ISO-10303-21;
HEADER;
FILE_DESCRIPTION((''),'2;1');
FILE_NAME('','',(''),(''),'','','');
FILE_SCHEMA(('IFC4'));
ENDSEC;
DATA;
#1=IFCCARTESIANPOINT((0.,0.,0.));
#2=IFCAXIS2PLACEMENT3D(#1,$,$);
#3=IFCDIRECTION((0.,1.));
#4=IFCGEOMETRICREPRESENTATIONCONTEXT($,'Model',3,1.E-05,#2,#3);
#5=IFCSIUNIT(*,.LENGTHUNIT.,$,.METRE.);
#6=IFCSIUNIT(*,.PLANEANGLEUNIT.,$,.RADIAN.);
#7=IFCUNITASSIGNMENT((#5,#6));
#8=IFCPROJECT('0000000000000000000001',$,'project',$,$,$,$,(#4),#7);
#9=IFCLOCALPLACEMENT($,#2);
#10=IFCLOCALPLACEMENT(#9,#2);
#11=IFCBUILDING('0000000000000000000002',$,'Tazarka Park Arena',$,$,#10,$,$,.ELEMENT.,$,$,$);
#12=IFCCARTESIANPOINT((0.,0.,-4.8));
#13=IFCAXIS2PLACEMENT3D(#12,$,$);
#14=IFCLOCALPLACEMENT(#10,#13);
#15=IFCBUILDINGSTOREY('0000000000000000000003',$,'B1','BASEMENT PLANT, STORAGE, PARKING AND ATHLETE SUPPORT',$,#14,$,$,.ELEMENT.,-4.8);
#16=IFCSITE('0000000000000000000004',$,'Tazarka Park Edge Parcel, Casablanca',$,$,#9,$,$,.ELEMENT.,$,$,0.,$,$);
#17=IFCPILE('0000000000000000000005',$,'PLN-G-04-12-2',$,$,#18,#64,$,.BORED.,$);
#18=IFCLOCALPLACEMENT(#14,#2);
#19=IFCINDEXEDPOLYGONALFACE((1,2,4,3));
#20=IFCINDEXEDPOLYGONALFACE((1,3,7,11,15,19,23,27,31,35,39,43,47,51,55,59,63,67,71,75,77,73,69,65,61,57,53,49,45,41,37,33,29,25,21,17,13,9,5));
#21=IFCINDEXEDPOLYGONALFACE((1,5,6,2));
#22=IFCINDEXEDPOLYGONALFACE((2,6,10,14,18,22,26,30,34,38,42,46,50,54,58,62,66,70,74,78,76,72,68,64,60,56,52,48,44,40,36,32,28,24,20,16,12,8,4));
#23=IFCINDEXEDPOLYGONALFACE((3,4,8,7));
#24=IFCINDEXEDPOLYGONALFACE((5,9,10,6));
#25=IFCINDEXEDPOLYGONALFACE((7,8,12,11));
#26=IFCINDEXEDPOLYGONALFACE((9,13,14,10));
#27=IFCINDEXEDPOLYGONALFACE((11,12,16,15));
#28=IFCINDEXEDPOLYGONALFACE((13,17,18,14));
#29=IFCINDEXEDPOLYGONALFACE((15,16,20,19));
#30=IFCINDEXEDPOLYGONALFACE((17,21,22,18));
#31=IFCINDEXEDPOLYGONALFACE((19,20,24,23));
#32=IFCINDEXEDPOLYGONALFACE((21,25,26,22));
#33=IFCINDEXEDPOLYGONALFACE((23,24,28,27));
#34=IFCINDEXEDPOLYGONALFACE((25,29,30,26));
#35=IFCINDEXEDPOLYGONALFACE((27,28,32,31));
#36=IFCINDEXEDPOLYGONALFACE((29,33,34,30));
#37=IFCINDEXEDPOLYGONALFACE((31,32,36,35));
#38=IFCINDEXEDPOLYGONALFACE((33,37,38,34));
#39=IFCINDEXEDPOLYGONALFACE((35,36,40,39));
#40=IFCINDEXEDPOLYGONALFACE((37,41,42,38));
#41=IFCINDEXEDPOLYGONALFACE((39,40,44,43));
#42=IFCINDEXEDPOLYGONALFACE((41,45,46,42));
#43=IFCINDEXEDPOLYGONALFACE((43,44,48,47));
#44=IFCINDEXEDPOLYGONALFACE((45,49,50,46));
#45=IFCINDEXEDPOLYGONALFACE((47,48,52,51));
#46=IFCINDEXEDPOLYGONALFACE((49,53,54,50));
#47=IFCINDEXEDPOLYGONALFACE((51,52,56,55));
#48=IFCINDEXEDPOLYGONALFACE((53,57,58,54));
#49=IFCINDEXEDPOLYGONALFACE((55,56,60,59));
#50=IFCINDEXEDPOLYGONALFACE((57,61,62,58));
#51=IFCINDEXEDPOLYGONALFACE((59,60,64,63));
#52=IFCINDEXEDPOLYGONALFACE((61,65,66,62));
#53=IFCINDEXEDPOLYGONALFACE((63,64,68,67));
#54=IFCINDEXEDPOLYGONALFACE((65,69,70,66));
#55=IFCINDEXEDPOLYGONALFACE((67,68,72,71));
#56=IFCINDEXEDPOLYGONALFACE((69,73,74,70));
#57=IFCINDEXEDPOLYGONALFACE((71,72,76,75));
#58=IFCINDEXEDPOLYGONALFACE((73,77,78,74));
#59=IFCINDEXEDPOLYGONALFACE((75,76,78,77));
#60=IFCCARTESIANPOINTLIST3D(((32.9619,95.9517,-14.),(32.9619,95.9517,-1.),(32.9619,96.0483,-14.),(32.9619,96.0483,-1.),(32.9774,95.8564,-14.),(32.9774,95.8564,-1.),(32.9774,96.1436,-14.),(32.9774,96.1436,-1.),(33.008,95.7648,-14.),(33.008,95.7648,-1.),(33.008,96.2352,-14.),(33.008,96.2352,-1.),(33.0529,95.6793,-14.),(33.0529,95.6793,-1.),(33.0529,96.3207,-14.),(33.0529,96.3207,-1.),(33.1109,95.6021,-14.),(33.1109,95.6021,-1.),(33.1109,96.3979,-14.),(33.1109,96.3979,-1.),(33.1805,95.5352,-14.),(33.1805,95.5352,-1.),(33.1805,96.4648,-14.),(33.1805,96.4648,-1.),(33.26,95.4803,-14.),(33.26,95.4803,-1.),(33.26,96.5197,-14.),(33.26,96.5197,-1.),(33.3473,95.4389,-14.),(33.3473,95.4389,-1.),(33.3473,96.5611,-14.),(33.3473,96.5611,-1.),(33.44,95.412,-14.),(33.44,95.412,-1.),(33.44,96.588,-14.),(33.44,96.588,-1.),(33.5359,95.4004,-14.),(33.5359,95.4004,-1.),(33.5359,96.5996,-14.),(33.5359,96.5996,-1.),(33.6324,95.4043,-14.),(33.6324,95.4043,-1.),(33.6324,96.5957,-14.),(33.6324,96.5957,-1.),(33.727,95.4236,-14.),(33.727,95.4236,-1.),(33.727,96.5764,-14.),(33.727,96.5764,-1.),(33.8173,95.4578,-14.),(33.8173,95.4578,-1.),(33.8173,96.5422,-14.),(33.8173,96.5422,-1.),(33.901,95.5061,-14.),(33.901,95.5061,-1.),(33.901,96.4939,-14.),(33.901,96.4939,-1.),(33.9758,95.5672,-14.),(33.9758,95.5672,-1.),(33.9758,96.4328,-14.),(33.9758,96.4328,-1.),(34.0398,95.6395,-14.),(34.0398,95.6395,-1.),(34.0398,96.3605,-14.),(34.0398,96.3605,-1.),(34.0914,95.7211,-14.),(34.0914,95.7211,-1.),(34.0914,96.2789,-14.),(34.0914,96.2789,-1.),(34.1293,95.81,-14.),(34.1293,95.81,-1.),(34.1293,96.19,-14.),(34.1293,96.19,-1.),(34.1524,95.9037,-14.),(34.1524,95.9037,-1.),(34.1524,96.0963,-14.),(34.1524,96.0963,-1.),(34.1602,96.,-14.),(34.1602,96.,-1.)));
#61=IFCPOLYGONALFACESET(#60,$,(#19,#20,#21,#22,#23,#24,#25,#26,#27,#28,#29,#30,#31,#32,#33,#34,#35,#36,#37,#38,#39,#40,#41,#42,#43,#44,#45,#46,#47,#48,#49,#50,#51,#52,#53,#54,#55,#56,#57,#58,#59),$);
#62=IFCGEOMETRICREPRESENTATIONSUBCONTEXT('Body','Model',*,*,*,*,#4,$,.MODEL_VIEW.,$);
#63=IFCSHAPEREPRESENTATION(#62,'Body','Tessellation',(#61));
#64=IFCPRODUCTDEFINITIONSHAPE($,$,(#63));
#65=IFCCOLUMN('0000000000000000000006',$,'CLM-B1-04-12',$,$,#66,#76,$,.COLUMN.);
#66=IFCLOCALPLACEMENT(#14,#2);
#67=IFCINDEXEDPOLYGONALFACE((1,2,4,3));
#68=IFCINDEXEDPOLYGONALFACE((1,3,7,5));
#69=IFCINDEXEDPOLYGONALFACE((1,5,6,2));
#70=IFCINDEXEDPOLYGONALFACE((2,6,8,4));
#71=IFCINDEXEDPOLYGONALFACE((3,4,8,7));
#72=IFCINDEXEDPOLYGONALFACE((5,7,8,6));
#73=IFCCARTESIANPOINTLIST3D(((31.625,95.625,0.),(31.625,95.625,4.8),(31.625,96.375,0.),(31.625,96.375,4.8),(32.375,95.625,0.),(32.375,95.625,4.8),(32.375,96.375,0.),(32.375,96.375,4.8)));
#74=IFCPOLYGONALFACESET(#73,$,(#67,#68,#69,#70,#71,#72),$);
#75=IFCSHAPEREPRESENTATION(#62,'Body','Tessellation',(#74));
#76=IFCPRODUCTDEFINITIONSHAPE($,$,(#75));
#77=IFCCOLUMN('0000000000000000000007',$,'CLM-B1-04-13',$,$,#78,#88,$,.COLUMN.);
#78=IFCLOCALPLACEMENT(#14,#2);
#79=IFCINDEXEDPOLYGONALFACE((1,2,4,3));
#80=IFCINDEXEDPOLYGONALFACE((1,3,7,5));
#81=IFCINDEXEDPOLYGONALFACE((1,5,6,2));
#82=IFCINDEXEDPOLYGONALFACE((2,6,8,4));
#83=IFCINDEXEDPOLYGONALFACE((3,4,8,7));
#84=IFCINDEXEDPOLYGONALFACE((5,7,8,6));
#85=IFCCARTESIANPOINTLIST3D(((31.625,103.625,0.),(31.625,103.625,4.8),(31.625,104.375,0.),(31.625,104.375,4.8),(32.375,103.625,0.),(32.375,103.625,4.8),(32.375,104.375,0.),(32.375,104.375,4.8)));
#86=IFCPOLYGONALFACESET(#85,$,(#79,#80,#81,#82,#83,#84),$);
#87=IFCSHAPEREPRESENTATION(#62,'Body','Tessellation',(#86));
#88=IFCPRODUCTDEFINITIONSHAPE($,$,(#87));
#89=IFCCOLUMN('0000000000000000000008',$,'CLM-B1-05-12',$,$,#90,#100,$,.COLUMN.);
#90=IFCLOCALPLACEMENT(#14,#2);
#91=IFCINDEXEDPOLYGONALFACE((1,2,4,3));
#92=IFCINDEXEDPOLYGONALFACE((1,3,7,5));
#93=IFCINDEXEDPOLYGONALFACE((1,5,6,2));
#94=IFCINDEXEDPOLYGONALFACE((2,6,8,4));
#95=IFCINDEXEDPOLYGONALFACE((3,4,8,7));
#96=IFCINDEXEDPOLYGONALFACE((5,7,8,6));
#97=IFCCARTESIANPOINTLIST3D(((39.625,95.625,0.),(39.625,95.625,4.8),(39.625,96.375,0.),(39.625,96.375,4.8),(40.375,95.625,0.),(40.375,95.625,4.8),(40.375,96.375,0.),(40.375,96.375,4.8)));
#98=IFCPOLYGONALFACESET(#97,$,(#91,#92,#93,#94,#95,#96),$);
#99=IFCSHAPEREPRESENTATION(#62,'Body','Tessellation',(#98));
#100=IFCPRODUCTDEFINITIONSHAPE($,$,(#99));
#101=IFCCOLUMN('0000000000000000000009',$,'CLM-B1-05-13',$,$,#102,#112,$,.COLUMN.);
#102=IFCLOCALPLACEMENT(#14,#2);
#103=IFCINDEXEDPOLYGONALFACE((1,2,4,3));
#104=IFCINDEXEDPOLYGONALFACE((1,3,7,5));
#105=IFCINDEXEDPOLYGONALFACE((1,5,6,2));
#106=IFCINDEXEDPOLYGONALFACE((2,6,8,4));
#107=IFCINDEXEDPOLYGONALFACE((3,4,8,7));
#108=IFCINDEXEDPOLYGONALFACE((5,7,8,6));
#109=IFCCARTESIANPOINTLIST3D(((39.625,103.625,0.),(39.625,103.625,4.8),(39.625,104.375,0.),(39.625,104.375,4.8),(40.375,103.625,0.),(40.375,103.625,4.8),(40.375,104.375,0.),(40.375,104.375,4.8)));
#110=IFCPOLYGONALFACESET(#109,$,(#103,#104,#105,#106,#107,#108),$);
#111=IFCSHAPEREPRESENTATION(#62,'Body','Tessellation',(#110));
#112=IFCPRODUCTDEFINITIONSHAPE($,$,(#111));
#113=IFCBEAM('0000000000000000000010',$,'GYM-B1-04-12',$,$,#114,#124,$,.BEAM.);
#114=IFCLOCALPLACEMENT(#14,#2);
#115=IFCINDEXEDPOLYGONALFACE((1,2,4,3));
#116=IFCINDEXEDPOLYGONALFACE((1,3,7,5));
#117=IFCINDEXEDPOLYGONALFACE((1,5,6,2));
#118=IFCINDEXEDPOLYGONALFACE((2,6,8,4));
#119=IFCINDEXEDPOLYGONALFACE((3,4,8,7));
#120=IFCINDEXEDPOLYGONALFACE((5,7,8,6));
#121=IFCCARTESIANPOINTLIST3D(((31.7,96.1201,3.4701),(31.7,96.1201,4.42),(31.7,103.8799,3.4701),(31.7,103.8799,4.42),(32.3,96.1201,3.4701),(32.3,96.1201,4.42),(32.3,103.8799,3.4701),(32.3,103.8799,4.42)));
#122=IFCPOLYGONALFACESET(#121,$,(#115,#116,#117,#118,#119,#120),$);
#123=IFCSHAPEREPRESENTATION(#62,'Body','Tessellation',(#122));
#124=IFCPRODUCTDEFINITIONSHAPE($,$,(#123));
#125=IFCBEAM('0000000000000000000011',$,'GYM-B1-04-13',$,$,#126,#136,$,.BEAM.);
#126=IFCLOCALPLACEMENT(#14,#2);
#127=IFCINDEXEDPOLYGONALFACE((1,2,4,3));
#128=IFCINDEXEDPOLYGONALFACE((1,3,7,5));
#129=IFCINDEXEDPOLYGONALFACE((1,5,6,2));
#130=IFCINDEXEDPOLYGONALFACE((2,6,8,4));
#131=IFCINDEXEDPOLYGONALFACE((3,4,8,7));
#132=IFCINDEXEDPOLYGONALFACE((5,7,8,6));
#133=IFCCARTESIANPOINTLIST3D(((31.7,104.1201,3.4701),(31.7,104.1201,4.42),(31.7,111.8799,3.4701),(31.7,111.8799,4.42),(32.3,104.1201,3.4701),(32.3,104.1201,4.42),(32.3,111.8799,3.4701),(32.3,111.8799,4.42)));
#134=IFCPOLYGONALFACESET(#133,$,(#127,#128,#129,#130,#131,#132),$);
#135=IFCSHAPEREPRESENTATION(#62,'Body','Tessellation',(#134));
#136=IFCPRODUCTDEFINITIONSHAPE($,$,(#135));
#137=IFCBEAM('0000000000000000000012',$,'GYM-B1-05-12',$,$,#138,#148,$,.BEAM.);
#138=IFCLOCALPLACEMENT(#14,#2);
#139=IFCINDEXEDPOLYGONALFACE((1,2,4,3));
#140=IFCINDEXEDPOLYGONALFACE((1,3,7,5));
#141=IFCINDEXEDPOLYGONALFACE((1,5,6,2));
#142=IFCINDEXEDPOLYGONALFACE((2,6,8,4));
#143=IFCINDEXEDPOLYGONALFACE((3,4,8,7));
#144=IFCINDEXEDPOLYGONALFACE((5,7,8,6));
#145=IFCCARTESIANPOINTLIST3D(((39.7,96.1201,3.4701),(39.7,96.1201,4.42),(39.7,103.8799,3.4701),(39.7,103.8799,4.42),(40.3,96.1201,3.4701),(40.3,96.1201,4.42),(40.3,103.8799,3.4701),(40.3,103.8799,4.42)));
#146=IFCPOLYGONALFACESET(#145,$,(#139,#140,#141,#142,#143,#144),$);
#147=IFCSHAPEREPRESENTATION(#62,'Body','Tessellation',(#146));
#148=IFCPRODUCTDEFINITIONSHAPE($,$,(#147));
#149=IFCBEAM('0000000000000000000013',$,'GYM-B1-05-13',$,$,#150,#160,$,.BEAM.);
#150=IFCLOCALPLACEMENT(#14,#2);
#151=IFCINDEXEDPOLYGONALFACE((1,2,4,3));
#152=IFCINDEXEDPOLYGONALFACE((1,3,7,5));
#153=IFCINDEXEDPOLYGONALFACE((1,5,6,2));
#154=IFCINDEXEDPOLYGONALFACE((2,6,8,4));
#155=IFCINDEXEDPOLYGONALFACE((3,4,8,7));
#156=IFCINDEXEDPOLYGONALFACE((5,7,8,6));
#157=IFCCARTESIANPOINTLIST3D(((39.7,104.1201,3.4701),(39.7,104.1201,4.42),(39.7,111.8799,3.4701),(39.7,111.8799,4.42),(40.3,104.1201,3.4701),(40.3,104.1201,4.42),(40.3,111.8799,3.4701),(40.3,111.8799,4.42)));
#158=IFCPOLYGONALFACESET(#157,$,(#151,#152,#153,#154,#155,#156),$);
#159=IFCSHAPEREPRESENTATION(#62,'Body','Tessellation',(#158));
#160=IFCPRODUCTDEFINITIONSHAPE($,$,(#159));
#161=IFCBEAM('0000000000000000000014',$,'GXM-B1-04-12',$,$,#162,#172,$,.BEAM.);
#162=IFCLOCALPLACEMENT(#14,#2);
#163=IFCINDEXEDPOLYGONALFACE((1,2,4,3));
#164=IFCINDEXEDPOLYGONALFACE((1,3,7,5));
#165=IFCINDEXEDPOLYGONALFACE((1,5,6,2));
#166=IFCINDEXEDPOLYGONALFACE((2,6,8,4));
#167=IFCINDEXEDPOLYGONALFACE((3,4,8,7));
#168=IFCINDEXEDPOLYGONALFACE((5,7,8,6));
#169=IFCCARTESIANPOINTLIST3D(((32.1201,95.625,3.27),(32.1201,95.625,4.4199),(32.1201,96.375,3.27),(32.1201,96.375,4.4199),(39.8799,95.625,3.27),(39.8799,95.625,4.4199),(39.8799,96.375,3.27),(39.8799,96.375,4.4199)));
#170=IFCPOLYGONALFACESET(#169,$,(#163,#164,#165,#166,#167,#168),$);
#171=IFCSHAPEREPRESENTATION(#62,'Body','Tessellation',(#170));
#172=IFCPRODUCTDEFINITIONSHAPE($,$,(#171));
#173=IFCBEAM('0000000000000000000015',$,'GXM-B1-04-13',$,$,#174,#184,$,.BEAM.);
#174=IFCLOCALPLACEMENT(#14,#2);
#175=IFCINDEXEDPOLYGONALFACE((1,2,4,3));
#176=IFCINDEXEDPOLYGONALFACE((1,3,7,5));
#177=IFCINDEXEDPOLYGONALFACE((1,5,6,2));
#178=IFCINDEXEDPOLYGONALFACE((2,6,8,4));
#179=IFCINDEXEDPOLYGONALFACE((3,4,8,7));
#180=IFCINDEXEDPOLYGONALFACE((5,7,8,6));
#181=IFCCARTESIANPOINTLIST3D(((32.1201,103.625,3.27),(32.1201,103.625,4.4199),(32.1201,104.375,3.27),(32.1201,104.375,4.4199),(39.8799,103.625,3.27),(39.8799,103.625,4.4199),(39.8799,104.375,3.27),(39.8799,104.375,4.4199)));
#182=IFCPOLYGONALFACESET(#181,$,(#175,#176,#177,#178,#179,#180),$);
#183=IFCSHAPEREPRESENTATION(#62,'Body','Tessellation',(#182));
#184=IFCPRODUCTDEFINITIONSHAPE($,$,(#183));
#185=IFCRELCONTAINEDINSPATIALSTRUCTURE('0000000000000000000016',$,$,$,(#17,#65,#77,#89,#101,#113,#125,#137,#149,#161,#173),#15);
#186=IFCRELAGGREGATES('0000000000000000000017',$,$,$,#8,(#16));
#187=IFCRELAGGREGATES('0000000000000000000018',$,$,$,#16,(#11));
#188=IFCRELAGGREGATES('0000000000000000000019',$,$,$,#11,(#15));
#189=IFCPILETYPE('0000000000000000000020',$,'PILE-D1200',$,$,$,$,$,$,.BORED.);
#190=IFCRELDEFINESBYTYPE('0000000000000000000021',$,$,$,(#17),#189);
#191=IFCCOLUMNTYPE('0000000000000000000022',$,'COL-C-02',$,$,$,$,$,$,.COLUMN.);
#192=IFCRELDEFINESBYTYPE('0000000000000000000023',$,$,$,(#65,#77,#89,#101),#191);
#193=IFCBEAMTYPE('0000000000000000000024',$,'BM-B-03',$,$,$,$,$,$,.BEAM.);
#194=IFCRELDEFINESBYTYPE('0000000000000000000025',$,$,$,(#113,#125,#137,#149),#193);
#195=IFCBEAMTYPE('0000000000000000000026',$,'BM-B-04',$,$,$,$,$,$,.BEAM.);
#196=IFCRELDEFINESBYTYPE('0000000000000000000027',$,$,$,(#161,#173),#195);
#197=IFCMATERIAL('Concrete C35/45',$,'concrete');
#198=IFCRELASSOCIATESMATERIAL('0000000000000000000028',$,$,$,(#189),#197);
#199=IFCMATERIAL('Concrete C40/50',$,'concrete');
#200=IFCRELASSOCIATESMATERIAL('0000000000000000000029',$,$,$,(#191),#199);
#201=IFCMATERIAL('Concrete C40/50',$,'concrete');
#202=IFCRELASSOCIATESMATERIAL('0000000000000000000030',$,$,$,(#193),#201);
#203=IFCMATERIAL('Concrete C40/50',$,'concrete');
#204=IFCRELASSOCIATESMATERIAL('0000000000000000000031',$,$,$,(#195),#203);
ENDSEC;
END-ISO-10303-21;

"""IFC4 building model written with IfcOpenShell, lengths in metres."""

from ifc_helpers import new_model, si_unit, direction, frame, origin, origin_2d, place, context, subcontext, project, spatial, rectangle, circle, extrude, material, material_profile, profile_set, type_object, element, save


model = new_model("IFC4")

# Units and contexts
model_context = context("Model", 3, precision=1e-05, world=origin(), true_north=direction((0.0, 1.0)))
body_context = subcontext(model_context, "Body", "Model", "MODEL_VIEW")
ifc_project = project(units=[si_unit("LENGTHUNIT", "METRE"), si_unit("PLANEANGLEUNIT", "RADIAN")], contexts=[model_context])

# Site, building, storey
site_placement = place(None, origin())
site = spatial("IfcSite", under=ifc_project, at=site_placement, Name="Tazarka Park Edge Parcel, Casablanca", CompositionType="ELEMENT", RefElevation=0.0)
building_placement = place(site_placement, origin())
building = spatial("IfcBuilding", under=site, at=building_placement, Name="Tazarka Park Arena", CompositionType="ELEMENT")
storey_placement = place(building_placement, frame((0.0, 0.0, -4.8)))
storey = spatial("IfcBuildingStorey", under=building, at=storey_placement, Name="B1", Description="BASEMENT PLANT, STORAGE, PARKING AND ATHLETE SUPPORT", CompositionType="ELEMENT", Elevation=-4.8)

# Pile
ifc_material_1 = material(Name="Concrete C35/45", Category="concrete")
ifc_material_profile_1 = material_profile(ifc_material_1, circle(Radius=0.6001, at=origin_2d()), Name="Concrete C35/45")
ifc_profile_set_1 = profile_set([ifc_material_profile_1], Name="Concrete C35/45")
pile_type = type_object("IfcPileType", Name="PILE-D1200", PredefinedType="BORED", material=ifc_profile_set_1)
for number, where, z_axis, x_axis, name in (
    (1, (33.5601, 96.0, -1.0), (0.0, 0.0, -1.0), (1.0, 0.0, 0.0), "PLN-G-04-12-2"),
):
    element("IfcPile", number, at=place(storey_placement, frame(where, z_axis=z_axis, x_axis=x_axis)), inside=storey, type_object=pile_type, Name=name, PredefinedType="BORED", context=body_context, shape_type="SweptSolid", body=[
        extrude(circle(Radius=0.6001, at=origin_2d()), origin(), (0.0, 0.0, 1.0), 13.0),
    ])

# Columns
ifc_material_2 = material(Name="Concrete C40/50", Category="concrete")
ifc_material_profile_2 = material_profile(ifc_material_2, rectangle(XDim=0.75, YDim=0.75, at=origin_2d()), Name="Concrete C40/50")
ifc_profile_set_2 = profile_set([ifc_material_profile_2], Name="Concrete C40/50")
column_type = type_object("IfcColumnType", Name="COL-C-02", PredefinedType="COLUMN", material=ifc_profile_set_2)
for number, where, z_axis, x_axis, name in (
    (2, (32.0, 96.0, 0.0), (0.0, 0.0, 1.0), (1.0, 0.0, 0.0), "CLM-B1-04-12"),
    (3, (32.0, 104.0, 0.0), (0.0, 0.0, 1.0), (1.0, 0.0, 0.0), "CLM-B1-04-13"),
    (4, (40.0, 96.0, 0.0), (0.0, 0.0, 1.0), (1.0, 0.0, 0.0), "CLM-B1-05-12"),
    (5, (40.0, 104.0, 0.0), (0.0, 0.0, 1.0), (1.0, 0.0, 0.0), "CLM-B1-05-13"),
):
    element("IfcColumn", number, at=place(storey_placement, frame(where, z_axis=z_axis, x_axis=x_axis)), inside=storey, type_object=column_type, Name=name, PredefinedType="COLUMN", context=body_context, shape_type="SweptSolid", body=[
        extrude(rectangle(XDim=0.75, YDim=0.75, at=origin_2d()), origin(), (0.0, 0.0, 1.0), 4.8),
    ])

# Beams
ifc_material_3 = material(Name="Concrete C40/50", Category="concrete")
ifc_material_profile_3 = material_profile(ifc_material_3, rectangle(XDim=0.6001, YDim=0.95, at=origin_2d()), Name="Concrete C40/50")
ifc_profile_set_3 = profile_set([ifc_material_profile_3], Name="Concrete C40/50")
beam_type_1 = type_object("IfcBeamType", Name="BM-B-03", PredefinedType="BEAM", material=ifc_profile_set_3)
for number, where, z_axis, x_axis, name in (
    (6, (32.0, 96.1201, 3.9451), (0.0, 1.0, 0.0), (-1.0, 0.0, 0.0), "GYM-B1-04-12"),
    (7, (32.0, 104.1201, 3.9451), (0.0, 1.0, 0.0), (-1.0, 0.0, 0.0), "GYM-B1-04-13"),
    (8, (40.0, 96.1201, 3.9451), (0.0, 1.0, 0.0), (-1.0, 0.0, 0.0), "GYM-B1-05-12"),
    (9, (40.0, 104.1201, 3.9451), (0.0, 1.0, 0.0), (-1.0, 0.0, 0.0), "GYM-B1-05-13"),
):
    element("IfcBeam", number, at=place(storey_placement, frame(where, z_axis=z_axis, x_axis=x_axis)), inside=storey, type_object=beam_type_1, Name=name, PredefinedType="BEAM", context=body_context, shape_type="SweptSolid", body=[
        extrude(rectangle(XDim=0.6001, YDim=0.95, at=origin_2d()), origin(), (0.0, 0.0, 1.0), 7.7598),
    ])
ifc_material_4 = material(Name="Concrete C40/50", Category="concrete")
ifc_material_profile_4 = material_profile(ifc_material_4, rectangle(XDim=0.75, YDim=1.1499, at=origin_2d()), Name="Concrete C40/50")
ifc_profile_set_4 = profile_set([ifc_material_profile_4], Name="Concrete C40/50")
beam_type_2 = type_object("IfcBeamType", Name="BM-B-04", PredefinedType="BEAM", material=ifc_profile_set_4)
for number, where, z_axis, x_axis, name in (
    (10, (32.1201, 96.0, 3.845), (1.0, 0.0, 0.0), (0.0, 1.0, 0.0), "GXM-B1-04-12"),
    (11, (32.1201, 104.0, 3.845), (1.0, 0.0, 0.0), (0.0, 1.0, 0.0), "GXM-B1-04-13"),
):
    element("IfcBeam", number, at=place(storey_placement, frame(where, z_axis=z_axis, x_axis=x_axis)), inside=storey, type_object=beam_type_2, Name=name, PredefinedType="BEAM", context=body_context, shape_type="SweptSolid", body=[
        extrude(rectangle(XDim=0.75, YDim=1.1499, at=origin_2d()), origin(), (0.0, 0.0, 1.0), 7.7598),
    ])

save(model, "model.ifc")
